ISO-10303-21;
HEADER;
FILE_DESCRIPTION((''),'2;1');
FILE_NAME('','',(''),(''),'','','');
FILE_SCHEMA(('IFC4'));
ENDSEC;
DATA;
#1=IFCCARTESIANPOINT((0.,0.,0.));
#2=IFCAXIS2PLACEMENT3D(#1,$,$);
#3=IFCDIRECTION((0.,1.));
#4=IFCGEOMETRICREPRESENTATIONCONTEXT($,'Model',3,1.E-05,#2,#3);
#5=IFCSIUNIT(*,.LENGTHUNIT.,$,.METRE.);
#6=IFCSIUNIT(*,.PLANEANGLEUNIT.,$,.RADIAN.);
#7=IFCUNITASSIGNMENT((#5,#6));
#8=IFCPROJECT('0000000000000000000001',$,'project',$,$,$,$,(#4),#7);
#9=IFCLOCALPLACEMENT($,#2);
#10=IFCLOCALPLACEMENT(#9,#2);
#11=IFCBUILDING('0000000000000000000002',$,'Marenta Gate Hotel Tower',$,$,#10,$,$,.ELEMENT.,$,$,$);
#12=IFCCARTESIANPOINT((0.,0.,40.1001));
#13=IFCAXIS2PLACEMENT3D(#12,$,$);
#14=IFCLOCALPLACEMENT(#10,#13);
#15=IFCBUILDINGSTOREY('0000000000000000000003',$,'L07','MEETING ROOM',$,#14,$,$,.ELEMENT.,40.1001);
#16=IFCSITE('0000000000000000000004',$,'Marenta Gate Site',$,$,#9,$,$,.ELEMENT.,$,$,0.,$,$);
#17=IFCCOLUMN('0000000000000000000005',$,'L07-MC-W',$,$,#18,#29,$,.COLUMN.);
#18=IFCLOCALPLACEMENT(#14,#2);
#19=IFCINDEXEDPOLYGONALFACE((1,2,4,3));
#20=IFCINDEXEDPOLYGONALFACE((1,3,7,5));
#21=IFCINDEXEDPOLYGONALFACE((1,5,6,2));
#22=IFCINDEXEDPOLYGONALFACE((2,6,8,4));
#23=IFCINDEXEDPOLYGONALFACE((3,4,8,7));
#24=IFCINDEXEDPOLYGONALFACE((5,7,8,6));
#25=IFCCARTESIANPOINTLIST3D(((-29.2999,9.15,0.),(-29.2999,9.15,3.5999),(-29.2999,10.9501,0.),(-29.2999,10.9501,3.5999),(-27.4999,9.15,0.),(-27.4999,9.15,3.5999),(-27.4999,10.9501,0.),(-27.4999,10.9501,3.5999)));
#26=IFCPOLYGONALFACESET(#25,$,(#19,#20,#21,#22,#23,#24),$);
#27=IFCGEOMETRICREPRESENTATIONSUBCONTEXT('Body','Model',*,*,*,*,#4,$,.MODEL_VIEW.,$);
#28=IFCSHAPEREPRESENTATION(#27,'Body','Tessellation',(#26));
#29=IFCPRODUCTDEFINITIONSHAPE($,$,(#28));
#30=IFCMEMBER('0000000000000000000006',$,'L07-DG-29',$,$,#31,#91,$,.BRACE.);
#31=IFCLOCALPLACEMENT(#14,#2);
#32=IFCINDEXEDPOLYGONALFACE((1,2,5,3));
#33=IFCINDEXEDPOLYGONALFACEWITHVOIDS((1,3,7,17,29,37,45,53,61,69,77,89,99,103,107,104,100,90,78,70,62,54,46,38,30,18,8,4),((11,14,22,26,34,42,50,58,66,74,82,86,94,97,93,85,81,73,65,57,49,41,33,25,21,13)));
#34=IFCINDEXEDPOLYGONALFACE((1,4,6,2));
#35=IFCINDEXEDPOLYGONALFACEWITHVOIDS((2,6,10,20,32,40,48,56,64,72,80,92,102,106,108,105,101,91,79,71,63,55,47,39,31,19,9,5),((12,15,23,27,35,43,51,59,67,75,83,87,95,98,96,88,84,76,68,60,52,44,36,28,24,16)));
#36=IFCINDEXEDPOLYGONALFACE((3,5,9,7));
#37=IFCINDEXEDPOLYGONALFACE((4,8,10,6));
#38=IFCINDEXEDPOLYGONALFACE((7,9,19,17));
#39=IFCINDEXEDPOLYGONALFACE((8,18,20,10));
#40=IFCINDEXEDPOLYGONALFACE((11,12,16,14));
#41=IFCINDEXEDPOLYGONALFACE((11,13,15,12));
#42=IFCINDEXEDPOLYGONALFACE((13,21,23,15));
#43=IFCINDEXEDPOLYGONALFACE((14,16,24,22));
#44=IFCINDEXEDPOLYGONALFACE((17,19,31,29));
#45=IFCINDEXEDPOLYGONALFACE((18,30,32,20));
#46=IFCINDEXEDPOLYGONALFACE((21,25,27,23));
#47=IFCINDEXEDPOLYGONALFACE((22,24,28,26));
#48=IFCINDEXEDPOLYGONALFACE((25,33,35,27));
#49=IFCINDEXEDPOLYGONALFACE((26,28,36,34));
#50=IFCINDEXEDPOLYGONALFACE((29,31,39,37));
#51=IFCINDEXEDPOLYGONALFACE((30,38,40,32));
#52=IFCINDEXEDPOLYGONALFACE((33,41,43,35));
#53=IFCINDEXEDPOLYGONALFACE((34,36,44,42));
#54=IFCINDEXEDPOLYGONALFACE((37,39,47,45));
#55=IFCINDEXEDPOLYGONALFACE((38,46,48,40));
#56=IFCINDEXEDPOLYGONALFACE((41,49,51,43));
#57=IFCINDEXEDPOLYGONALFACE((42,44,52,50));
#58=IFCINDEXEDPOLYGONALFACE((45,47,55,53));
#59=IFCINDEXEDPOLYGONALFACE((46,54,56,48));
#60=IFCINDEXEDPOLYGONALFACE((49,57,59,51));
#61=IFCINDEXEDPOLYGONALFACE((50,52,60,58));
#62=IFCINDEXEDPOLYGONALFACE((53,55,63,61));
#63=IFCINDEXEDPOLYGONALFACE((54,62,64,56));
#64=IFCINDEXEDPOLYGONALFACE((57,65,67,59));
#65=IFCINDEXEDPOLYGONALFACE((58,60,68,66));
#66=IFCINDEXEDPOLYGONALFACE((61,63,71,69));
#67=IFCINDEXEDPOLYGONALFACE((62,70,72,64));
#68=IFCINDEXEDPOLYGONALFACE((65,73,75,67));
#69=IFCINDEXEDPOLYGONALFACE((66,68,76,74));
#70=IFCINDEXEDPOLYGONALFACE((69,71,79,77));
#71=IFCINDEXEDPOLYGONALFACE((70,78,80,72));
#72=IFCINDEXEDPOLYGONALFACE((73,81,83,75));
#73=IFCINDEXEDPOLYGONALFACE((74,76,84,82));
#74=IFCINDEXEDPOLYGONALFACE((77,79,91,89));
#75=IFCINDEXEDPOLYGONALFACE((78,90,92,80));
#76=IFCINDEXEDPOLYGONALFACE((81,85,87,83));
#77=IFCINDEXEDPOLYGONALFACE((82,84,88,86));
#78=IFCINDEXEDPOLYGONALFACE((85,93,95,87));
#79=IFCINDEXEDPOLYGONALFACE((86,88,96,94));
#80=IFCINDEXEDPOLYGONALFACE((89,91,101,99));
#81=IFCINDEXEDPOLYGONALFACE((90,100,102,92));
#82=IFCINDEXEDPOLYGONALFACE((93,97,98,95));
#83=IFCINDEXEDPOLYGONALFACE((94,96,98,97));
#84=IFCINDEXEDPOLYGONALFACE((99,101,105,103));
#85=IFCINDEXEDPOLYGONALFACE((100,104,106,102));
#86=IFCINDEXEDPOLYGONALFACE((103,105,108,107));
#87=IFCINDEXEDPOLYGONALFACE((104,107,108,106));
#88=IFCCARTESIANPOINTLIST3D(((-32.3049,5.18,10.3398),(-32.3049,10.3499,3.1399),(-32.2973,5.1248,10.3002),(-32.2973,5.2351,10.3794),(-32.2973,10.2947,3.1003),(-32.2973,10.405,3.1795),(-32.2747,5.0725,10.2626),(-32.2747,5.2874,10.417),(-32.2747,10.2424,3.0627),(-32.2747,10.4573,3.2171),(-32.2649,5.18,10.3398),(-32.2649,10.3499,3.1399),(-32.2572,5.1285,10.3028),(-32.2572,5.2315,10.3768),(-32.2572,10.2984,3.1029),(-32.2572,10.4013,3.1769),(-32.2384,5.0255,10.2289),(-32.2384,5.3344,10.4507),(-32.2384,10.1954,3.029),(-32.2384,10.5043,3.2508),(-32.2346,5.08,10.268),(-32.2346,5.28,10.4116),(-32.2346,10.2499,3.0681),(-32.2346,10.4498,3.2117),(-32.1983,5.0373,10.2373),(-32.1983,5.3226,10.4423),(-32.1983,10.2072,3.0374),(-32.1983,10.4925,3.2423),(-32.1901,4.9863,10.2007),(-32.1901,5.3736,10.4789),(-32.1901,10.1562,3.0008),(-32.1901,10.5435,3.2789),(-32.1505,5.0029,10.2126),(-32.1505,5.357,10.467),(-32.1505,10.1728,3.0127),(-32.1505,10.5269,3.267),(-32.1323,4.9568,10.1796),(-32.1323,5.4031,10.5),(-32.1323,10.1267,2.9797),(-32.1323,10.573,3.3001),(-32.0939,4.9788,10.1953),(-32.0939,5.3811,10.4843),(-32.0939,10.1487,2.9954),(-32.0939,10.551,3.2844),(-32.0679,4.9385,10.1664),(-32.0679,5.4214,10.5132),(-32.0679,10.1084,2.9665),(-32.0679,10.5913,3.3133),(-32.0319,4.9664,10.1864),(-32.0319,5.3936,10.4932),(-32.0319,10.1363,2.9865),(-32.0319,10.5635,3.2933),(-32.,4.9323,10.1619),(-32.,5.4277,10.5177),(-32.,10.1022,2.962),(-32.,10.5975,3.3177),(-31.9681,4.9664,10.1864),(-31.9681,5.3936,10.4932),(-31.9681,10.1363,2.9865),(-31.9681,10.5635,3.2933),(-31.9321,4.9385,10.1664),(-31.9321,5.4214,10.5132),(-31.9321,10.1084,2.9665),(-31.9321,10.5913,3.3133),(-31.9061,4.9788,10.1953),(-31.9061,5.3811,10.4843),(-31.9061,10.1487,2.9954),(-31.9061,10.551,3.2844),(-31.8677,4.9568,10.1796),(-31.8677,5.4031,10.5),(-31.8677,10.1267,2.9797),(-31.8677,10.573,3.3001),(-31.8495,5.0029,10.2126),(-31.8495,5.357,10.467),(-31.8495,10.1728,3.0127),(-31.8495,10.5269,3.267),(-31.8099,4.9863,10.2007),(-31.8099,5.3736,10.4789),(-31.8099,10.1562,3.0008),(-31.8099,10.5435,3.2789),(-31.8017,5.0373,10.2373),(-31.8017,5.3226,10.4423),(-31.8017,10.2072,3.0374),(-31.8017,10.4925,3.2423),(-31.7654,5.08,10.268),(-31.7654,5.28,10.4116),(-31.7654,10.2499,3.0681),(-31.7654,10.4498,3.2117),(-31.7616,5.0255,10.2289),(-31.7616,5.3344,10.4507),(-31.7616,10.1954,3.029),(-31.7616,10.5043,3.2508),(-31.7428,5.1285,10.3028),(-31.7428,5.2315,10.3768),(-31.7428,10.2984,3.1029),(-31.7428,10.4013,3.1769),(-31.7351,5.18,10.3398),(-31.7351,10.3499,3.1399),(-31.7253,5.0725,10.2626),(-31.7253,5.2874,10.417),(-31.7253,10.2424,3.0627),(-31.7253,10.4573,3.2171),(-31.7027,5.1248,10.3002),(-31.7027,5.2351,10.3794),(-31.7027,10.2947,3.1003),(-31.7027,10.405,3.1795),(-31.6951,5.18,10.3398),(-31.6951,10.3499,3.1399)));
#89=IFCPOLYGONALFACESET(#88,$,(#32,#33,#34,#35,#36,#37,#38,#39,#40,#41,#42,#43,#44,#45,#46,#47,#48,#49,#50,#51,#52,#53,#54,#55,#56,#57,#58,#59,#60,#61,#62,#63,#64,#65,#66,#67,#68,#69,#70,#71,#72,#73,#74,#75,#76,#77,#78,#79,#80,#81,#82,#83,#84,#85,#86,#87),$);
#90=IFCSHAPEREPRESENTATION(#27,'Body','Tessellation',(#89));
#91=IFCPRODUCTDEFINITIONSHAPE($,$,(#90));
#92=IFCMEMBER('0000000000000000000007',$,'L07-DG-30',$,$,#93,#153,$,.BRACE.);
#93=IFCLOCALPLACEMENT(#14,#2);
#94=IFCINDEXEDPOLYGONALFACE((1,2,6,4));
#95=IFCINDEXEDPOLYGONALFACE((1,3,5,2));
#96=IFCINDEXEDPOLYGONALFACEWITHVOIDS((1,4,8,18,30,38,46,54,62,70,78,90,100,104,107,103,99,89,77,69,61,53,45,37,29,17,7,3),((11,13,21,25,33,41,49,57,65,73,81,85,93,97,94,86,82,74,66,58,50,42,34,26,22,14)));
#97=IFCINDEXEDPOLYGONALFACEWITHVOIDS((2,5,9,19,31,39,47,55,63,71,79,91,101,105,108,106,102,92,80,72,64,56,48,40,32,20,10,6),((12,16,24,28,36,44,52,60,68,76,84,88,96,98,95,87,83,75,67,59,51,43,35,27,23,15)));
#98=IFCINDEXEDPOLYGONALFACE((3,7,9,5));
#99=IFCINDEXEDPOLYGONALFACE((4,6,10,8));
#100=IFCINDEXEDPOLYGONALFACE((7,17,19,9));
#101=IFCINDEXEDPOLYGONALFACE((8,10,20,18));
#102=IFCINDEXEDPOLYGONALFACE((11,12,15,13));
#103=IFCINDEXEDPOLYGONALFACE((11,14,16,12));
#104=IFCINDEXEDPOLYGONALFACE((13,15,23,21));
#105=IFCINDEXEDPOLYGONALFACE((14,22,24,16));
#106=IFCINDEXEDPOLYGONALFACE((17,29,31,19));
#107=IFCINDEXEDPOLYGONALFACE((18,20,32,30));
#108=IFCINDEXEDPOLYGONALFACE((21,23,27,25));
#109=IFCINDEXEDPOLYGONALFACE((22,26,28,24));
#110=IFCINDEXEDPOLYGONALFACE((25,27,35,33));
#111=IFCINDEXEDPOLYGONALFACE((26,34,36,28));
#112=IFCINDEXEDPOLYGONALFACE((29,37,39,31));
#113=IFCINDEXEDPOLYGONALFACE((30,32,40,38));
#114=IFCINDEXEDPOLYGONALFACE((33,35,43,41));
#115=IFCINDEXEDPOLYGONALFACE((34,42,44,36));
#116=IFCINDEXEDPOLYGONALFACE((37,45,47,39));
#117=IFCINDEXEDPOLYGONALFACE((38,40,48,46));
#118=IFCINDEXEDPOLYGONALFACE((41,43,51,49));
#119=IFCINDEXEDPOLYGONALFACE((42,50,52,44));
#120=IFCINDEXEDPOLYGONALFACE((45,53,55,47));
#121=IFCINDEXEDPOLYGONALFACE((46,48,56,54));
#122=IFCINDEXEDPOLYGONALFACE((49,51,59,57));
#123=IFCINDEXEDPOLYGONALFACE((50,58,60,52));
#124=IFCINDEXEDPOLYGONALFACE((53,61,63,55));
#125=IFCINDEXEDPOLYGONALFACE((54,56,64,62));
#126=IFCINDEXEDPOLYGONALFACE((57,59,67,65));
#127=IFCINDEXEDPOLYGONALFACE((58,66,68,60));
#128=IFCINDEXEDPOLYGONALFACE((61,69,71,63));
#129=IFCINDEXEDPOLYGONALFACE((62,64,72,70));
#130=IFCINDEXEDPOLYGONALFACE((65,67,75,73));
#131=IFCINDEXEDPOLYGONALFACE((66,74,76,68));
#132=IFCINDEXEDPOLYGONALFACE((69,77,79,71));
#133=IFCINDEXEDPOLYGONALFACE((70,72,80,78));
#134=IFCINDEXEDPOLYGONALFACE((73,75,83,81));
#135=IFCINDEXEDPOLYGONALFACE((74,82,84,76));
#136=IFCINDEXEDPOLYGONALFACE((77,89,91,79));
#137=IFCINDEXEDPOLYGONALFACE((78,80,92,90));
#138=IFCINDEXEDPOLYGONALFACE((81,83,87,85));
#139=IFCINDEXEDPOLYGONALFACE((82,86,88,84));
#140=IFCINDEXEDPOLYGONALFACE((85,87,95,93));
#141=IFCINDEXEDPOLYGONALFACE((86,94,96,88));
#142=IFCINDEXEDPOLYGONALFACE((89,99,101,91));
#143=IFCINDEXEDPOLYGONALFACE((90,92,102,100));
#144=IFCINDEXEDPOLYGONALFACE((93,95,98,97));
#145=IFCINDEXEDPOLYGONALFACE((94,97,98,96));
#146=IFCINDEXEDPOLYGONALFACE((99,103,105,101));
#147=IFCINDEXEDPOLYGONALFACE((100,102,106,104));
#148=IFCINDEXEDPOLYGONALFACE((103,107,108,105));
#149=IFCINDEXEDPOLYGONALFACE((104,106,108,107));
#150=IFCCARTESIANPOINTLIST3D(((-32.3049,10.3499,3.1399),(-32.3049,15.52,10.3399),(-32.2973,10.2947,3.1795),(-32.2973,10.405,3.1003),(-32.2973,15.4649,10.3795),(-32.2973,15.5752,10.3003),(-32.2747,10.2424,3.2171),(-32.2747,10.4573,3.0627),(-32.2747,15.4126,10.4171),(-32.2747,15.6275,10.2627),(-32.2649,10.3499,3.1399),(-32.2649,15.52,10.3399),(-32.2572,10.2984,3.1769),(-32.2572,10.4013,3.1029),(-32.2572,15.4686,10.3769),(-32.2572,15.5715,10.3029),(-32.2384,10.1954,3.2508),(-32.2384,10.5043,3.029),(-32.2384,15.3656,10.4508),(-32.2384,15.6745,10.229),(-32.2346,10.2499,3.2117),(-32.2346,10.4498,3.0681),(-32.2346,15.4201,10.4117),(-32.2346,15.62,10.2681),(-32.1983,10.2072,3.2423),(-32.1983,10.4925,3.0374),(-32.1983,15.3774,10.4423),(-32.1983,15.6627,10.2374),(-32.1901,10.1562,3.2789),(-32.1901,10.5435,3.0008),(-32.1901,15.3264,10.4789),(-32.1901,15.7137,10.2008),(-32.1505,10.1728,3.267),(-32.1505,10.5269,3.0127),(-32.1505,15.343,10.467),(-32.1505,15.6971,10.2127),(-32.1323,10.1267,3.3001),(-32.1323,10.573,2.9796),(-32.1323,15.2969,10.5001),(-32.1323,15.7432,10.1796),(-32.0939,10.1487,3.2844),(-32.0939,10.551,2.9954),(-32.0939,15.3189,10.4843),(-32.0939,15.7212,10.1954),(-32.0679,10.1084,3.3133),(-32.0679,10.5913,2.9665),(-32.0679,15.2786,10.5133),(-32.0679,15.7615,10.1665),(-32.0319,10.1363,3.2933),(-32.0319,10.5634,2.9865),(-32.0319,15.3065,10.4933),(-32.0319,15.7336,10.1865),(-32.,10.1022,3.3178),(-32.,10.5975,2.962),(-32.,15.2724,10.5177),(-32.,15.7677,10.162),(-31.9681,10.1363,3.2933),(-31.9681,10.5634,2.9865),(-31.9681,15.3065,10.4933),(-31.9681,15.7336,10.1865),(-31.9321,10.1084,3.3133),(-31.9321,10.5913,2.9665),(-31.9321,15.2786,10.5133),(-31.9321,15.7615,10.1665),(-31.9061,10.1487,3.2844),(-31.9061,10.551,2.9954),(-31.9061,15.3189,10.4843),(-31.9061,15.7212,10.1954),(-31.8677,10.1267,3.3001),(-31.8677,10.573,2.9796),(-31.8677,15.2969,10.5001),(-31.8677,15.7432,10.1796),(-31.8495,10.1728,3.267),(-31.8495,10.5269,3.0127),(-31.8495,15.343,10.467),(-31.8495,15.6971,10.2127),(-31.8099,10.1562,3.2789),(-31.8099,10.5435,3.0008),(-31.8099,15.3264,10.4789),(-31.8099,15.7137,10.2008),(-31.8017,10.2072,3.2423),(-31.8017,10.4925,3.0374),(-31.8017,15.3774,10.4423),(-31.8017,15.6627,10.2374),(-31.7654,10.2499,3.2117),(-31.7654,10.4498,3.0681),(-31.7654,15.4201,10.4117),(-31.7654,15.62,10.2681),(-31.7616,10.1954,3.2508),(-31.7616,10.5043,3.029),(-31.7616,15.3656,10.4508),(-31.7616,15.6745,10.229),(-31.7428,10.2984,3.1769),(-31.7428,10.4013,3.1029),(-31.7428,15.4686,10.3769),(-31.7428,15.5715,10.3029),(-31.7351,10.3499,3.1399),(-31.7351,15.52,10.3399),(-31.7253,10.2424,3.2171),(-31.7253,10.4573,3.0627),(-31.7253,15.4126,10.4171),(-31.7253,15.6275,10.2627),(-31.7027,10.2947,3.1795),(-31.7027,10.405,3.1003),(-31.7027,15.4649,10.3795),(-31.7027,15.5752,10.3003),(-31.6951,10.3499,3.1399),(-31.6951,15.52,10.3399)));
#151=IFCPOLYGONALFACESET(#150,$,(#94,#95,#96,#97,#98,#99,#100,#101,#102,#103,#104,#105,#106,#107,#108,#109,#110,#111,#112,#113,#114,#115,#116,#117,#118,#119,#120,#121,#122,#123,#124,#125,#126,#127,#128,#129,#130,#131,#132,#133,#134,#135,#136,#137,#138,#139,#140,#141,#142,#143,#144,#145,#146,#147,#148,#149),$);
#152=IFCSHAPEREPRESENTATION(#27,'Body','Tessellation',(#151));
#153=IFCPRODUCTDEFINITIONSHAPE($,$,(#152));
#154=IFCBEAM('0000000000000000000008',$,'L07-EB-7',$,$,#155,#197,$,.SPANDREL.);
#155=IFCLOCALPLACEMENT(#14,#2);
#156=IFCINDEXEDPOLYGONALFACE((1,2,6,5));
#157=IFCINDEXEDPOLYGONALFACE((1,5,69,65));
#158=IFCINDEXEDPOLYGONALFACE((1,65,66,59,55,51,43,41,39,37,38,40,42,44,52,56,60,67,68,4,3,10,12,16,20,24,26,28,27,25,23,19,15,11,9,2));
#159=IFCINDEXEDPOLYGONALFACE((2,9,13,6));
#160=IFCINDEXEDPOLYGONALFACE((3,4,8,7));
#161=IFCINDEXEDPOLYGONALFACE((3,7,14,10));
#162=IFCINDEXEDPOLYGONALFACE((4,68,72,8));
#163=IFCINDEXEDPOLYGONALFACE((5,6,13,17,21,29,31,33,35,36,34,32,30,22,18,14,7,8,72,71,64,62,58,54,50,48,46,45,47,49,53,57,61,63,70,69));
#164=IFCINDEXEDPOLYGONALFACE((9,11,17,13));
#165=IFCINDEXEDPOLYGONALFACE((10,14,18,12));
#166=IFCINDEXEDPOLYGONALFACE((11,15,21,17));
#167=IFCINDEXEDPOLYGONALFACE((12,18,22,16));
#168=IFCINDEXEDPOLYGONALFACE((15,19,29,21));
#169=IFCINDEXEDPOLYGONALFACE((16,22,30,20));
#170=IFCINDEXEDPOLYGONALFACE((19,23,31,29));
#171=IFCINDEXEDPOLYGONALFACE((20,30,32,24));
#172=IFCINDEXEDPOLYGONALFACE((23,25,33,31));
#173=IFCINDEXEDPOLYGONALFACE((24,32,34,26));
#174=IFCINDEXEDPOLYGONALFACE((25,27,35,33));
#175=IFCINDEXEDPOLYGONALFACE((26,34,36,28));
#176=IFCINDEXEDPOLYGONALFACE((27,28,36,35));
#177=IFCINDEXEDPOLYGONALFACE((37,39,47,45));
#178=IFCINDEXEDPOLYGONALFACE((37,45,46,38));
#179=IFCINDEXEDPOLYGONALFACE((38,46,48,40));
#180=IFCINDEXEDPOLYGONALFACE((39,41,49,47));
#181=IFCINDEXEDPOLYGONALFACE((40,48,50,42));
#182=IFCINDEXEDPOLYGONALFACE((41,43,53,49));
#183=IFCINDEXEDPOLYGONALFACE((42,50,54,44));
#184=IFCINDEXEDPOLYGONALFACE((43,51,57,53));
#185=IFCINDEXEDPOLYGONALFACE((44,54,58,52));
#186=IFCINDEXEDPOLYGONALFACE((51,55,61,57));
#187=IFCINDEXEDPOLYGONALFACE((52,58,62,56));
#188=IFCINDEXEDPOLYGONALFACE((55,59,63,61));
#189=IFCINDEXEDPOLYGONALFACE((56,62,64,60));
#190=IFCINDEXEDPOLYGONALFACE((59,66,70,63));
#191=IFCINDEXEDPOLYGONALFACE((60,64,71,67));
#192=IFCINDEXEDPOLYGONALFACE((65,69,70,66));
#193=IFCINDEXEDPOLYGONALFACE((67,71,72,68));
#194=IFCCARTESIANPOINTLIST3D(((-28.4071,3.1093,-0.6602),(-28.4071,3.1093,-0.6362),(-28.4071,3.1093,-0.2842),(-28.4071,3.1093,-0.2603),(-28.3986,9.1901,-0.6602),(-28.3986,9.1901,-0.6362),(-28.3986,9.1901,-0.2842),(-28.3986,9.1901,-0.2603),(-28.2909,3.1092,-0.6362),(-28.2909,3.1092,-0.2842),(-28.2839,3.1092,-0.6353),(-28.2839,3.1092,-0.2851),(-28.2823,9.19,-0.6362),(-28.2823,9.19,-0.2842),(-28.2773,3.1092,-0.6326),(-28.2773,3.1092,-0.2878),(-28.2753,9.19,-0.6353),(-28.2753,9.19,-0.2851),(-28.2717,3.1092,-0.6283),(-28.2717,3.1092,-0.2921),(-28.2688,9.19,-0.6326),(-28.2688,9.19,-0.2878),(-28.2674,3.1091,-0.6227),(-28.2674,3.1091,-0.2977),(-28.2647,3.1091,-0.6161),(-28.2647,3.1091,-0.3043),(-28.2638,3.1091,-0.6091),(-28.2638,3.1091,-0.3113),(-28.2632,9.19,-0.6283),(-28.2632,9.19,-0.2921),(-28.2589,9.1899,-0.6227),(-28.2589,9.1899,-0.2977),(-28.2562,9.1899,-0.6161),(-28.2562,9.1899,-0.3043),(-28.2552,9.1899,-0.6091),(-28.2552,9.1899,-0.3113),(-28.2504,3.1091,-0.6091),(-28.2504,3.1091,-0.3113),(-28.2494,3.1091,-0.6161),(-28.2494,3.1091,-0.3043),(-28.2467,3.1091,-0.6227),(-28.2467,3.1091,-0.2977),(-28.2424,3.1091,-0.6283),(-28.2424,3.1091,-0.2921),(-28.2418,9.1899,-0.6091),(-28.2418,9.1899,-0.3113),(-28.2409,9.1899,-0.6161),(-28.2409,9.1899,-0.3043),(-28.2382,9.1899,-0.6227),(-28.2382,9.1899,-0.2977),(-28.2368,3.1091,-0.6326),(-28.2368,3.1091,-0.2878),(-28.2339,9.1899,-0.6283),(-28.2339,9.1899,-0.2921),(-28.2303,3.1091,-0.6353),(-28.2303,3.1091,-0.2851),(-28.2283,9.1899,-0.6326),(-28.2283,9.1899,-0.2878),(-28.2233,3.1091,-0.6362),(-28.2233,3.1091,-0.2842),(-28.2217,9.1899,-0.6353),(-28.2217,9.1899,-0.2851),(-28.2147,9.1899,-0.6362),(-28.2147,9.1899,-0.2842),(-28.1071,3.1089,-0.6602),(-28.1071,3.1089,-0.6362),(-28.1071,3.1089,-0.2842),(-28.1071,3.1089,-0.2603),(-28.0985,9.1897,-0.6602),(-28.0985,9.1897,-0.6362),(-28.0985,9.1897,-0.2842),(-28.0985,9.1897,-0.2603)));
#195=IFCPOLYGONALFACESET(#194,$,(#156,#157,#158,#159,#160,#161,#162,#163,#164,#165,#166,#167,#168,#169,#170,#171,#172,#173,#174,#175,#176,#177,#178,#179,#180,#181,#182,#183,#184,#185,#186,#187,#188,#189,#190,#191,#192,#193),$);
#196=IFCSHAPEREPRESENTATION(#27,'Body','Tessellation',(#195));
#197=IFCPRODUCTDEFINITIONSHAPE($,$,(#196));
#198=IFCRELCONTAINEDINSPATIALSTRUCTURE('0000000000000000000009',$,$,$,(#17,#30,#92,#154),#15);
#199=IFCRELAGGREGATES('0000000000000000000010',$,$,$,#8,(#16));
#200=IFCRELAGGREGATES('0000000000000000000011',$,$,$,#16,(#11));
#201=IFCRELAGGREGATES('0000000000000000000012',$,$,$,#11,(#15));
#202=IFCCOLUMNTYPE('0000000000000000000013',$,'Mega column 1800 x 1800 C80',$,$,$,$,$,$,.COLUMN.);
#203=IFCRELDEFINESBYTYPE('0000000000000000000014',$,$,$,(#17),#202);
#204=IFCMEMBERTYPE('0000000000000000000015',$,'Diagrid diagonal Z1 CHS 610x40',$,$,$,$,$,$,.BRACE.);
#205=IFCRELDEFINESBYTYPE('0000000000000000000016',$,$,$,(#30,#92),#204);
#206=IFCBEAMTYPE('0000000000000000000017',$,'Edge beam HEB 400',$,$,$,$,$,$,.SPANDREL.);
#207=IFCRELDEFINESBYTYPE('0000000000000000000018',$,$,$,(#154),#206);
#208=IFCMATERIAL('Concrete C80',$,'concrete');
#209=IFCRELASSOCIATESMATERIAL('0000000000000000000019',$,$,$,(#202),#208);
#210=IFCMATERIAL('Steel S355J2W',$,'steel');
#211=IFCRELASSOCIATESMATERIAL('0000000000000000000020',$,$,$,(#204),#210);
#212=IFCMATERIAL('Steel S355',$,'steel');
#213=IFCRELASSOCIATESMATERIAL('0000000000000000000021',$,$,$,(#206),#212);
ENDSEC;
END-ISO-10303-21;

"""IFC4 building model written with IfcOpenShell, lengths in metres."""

from ifc_helpers import new_model, si_unit, direction, frame, origin, origin_2d, place, context, subcontext, project, spatial, rectangle, hollow_circle, i_section, extrude, material, material_profile, profile_set, type_object, element, save


model = new_model("IFC4")

# Units and contexts
model_context = context("Model", 3, precision=1e-05, world=origin(), true_north=direction((0.0, 1.0)))
body_context = subcontext(model_context, "Body", "Model", "MODEL_VIEW")
ifc_project = project(units=[si_unit("LENGTHUNIT", "METRE"), si_unit("PLANEANGLEUNIT", "RADIAN")], contexts=[model_context])

# Site, building, storey
site_placement = place(None, origin())
site = spatial("IfcSite", under=ifc_project, at=site_placement, Name="Marenta Gate Site", CompositionType="ELEMENT", RefElevation=0.0)
building_placement = place(site_placement, origin())
building = spatial("IfcBuilding", under=site, at=building_placement, Name="Marenta Gate Hotel Tower", CompositionType="ELEMENT")
storey_placement = place(building_placement, frame((0.0, 0.0, 40.1001)))
storey = spatial("IfcBuildingStorey", under=building, at=storey_placement, Name="L07", Description="MEETING ROOM", CompositionType="ELEMENT", Elevation=40.1001)

# Column
ifc_material_1 = material(Name="Concrete C80", Category="concrete")
ifc_material_profile_1 = material_profile(ifc_material_1, rectangle(XDim=1.8, YDim=1.8, at=origin_2d()), Name="1800 x 1800")
ifc_profile_set_1 = profile_set([ifc_material_profile_1], Name="Concrete C80")
column_type = type_object("IfcColumnType", Name="Mega column 1800 x 1800 C80", PredefinedType="COLUMN", material=ifc_profile_set_1)
column_placement = place(storey_placement, frame((-28.3999, 10.05, 0.0), z_axis=(0.0, 0.0, 1.0), x_axis=(1.0, 0.0, 0.0)))
element("IfcColumn", 1, at=column_placement, inside=storey, type_object=column_type, Name="L07-MC-W", PredefinedType="COLUMN", context=body_context, shape_type="SweptSolid", body=[
    extrude(rectangle(XDim=1.8, YDim=1.8, at=origin_2d()), origin(), (0.0, 0.0, 1.0), 3.5999),
])

# Members
ifc_material_2 = material(Name="Steel S355J2W", Category="steel")
ifc_material_profile_2 = material_profile(ifc_material_2, hollow_circle(Radius=0.3049, WallThickness=0.04, at=origin_2d()), Name="CHS 610x40")
ifc_profile_set_2 = profile_set([ifc_material_profile_2], Name="Steel S355J2W")
member_type_1 = type_object("IfcMemberType", Name="Diagrid diagonal Z1 CHS 610x40", PredefinedType="BRACE", material=ifc_profile_set_2)
member_1_placement = place(storey_placement, frame((-32.0, 10.3499, 3.1399), z_axis=(0.0, -0.583261, 0.812285), x_axis=(1.0, 0.0, 0.0)))
element("IfcMember", 2, at=member_1_placement, inside=storey, type_object=member_type_1, Name="L07-DG-29", PredefinedType="BRACE", context=body_context, shape_type="SweptSolid", body=[
    extrude(hollow_circle(Radius=0.3049, WallThickness=0.04, at=origin_2d()), origin(), (0.0, 0.0, 1.0), 8.8638),
])
member_2_placement = place(storey_placement, frame((-32.0, 10.3499, 3.1399), z_axis=(0.0, 0.583279, 0.812272), x_axis=(-1.0, 0.0, 0.0)))
element("IfcMember", 3, at=member_2_placement, inside=storey, type_object=member_type_1, Name="L07-DG-30", PredefinedType="BRACE", context=body_context, shape_type="SweptSolid", body=[
    extrude(hollow_circle(Radius=0.3049, WallThickness=0.04, at=origin_2d()), origin(), (0.0, 0.0, 1.0), 8.864),
])

# Beam
ifc_material_3 = material(Name="Steel S355", Category="steel")
ifc_material_profile_3 = material_profile(ifc_material_3, i_section(OverallWidth=0.3, OverallDepth=0.3999, WebThickness=0.0134, FlangeThickness=0.0239, FilletRadius=0.0271, at=origin_2d()), Name="HEB 400")
ifc_profile_set_3 = profile_set([ifc_material_profile_3], Name="Steel S355")
beam_type_1 = type_object("IfcBeamType", Name="Edge beam HEB 400", PredefinedType="SPANDREL", material=ifc_profile_set_3)
beam_1_placement = place(storey_placement, frame((-28.2571, 3.1091, -0.4602), z_axis=(0.001405, 0.999999, 0.0), x_axis=(-0.999999, 0.001405, 0.0)))
element("IfcBeam", 4, at=beam_1_placement, inside=storey, type_object=beam_type_1, Name="L07-EB-7", PredefinedType="SPANDREL", context=body_context, shape_type="SweptSolid", body=[
    extrude(i_section(OverallWidth=0.3, OverallDepth=0.3999, WebThickness=0.0134, FlangeThickness=0.0239, FilletRadius=0.0271, at=origin_2d()), origin(), (0.0, 0.0, 1.0), 6.0808),
])

save(model, "model.ifc")
